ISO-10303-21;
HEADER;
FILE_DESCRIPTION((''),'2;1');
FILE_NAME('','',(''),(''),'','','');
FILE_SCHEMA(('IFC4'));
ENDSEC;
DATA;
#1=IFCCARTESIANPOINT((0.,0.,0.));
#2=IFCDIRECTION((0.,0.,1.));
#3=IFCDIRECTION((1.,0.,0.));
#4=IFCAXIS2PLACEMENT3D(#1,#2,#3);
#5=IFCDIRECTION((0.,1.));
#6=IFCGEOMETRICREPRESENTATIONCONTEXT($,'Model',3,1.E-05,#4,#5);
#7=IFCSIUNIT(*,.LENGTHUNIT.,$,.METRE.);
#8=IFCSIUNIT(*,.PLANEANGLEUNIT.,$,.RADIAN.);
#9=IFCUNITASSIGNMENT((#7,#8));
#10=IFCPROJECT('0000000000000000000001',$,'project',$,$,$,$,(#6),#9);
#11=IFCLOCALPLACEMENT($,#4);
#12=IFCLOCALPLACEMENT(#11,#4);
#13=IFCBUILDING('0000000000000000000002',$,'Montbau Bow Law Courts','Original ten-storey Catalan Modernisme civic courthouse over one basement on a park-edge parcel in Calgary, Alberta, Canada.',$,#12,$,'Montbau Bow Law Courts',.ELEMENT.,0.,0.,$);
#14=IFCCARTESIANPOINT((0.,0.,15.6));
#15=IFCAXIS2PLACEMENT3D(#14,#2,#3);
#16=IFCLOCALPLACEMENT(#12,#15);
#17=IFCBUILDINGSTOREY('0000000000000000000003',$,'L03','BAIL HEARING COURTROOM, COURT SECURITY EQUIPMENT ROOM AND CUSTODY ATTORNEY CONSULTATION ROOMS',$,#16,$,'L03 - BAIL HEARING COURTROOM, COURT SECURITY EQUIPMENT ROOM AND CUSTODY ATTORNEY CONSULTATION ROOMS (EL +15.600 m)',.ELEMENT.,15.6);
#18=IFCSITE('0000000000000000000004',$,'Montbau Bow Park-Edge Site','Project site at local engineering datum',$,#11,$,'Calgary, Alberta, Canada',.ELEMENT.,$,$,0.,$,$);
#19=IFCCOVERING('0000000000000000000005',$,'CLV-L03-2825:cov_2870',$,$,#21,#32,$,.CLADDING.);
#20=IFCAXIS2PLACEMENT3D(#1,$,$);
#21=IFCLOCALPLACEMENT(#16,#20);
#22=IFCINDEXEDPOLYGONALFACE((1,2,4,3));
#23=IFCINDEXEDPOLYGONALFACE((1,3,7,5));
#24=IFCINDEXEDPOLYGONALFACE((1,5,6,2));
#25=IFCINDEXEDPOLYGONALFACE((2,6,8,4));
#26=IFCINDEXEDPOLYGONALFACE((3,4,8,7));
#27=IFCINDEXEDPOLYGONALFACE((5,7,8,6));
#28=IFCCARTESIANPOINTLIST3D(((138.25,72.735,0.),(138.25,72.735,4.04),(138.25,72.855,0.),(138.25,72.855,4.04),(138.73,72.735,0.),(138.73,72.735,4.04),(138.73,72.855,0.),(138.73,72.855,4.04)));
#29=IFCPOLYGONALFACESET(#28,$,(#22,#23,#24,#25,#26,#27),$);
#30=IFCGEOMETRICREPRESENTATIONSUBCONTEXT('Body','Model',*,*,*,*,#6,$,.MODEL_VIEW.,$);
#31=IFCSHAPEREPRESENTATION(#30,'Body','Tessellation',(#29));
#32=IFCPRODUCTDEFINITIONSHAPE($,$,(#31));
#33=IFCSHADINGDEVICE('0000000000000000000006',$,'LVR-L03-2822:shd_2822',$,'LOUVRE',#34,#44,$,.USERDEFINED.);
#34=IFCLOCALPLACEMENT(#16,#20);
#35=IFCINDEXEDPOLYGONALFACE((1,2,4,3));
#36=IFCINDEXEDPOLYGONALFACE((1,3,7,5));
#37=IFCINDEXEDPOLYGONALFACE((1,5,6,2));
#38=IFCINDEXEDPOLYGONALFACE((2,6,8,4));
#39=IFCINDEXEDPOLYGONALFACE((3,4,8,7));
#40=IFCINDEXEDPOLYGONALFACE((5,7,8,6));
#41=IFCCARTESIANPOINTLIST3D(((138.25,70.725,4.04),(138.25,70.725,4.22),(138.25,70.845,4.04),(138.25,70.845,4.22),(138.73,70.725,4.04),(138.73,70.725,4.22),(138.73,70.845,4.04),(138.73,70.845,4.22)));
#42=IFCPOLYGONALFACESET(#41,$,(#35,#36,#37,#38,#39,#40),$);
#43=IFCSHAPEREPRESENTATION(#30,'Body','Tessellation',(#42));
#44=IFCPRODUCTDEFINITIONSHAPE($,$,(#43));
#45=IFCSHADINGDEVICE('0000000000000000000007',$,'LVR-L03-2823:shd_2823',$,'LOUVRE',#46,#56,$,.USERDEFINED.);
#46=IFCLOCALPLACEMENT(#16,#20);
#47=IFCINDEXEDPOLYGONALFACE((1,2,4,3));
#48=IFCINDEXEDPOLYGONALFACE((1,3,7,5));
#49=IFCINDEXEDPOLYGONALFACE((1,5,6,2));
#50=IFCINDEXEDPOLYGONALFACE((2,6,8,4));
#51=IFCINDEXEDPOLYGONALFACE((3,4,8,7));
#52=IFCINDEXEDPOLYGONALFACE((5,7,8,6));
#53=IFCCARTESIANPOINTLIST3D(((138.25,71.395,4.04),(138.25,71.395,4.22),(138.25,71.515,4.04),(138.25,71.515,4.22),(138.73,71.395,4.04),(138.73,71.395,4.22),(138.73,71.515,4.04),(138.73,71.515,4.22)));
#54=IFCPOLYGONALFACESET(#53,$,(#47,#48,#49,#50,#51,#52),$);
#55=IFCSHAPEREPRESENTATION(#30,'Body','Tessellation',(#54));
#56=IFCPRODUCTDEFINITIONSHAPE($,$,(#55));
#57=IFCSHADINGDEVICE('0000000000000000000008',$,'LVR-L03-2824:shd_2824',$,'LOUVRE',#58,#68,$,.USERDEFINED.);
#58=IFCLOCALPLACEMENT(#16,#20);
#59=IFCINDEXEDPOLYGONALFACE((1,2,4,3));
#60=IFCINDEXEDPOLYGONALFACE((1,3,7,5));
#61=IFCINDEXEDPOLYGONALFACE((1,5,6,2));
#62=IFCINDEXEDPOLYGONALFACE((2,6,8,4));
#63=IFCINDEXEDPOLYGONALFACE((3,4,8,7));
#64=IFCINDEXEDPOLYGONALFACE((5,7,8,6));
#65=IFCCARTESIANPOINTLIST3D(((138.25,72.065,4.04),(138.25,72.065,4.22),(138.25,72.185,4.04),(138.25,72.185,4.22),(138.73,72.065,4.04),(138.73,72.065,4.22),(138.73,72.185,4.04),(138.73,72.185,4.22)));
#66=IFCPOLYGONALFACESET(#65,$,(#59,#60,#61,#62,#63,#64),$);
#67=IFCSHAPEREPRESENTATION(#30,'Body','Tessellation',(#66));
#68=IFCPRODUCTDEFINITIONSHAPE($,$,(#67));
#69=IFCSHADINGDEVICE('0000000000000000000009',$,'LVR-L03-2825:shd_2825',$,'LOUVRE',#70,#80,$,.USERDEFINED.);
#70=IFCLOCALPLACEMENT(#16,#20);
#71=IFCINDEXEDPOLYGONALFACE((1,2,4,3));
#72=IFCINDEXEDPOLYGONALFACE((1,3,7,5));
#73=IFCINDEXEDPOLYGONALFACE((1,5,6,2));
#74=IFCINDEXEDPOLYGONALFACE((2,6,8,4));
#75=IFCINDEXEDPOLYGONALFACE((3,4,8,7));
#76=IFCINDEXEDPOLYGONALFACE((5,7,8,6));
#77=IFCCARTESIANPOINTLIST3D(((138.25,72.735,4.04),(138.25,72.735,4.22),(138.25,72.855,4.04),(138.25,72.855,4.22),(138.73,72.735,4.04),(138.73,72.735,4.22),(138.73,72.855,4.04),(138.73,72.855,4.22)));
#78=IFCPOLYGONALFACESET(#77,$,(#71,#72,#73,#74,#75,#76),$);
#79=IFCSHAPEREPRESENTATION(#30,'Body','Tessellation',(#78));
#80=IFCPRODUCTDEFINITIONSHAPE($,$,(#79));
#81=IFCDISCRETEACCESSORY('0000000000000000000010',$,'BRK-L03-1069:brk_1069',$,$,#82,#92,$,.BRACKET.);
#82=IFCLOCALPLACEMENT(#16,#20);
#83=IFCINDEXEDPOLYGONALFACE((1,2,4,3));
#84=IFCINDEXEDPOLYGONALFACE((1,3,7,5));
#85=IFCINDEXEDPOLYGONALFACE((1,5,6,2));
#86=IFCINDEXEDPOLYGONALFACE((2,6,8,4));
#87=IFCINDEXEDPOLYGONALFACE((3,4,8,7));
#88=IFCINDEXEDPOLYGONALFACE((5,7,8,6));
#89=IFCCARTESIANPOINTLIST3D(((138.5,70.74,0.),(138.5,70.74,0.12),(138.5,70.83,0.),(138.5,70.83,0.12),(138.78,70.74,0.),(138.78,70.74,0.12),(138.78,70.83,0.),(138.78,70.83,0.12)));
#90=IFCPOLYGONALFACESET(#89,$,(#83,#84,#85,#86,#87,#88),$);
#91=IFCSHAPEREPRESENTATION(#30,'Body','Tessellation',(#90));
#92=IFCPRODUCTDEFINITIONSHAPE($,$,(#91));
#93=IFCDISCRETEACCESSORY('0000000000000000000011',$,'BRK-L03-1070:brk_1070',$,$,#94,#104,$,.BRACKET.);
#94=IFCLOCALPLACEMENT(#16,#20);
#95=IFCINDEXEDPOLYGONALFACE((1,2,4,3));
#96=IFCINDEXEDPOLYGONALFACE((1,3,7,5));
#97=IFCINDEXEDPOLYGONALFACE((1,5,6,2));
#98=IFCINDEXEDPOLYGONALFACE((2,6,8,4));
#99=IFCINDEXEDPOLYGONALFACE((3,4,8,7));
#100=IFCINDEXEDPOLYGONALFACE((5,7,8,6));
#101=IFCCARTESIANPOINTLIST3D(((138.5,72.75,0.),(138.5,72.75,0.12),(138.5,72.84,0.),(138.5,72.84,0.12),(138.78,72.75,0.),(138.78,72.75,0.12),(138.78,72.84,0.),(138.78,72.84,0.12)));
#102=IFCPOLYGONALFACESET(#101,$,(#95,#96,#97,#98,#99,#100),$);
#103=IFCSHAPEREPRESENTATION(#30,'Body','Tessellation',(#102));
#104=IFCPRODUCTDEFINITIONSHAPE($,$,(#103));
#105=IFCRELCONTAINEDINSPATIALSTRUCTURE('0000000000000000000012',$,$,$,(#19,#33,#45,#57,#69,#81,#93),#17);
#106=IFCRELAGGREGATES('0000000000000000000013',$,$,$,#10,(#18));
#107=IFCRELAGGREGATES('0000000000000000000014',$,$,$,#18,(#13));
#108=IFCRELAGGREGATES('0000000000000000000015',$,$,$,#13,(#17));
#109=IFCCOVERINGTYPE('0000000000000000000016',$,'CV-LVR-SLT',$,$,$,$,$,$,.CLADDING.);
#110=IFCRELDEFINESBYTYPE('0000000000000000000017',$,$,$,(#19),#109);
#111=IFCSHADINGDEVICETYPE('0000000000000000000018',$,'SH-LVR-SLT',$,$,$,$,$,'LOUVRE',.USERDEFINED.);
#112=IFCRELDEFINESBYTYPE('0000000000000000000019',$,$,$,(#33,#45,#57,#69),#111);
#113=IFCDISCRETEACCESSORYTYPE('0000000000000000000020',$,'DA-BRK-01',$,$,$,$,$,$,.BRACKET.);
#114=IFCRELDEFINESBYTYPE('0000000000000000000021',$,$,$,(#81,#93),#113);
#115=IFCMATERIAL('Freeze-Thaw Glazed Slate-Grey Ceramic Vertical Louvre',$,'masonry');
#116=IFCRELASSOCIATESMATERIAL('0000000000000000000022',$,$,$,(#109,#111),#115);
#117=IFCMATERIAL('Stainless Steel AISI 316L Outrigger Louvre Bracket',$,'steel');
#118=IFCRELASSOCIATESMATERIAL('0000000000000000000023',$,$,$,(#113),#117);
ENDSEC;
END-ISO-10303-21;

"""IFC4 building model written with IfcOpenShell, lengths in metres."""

from ifc_helpers import new_model, si_unit, direction, frame, frame_2d, origin_with_axes, origin_2d_with_axis, place, context, subcontext, project, spatial, rectangle, extrude, material, type_object, element, save


model = new_model("IFC4")

# Units and contexts
model_context = context("Model", 3, precision=1e-05, world=origin_with_axes(), true_north=direction((0.0, 1.0)))
body_context = subcontext(model_context, "Body", "Model", "MODEL_VIEW")
ifc_project = project(units=[si_unit("LENGTHUNIT", "METRE"), si_unit("PLANEANGLEUNIT", "RADIAN")], contexts=[model_context])

# Site, building, storey
site_placement = place(None, origin_with_axes())
site = spatial("IfcSite", under=ifc_project, at=site_placement, Name="Montbau Bow Park-Edge Site", Description="Project site at local engineering datum", LongName="Calgary, Alberta, Canada", CompositionType="ELEMENT", RefElevation=0.0)
building_placement = place(site_placement, origin_with_axes())
building = spatial("IfcBuilding", under=site, at=building_placement, Name="Montbau Bow Law Courts", Description="Original ten-storey Catalan Modernisme civic courthouse over one basement on a park-edge parcel in Calgary, Alberta, Canada.", LongName="Montbau Bow Law Courts", CompositionType="ELEMENT", ElevationOfRefHeight=0.0, ElevationOfTerrain=0.0)
storey_placement = place(building_placement, frame((0.0, 0.0, 15.6), z_axis=(0.0, 0.0, 1.0), x_axis=(1.0, 0.0, 0.0)))
storey = spatial("IfcBuildingStorey", under=building, at=storey_placement, Name="L03", Description="BAIL HEARING COURTROOM, COURT SECURITY EQUIPMENT ROOM AND CUSTODY ATTORNEY CONSULTATION ROOMS", LongName="L03 - BAIL HEARING COURTROOM, COURT SECURITY EQUIPMENT ROOM AND CUSTODY ATTORNEY CONSULTATION ROOMS (EL +15.600 m)", CompositionType="ELEMENT", Elevation=15.6)

# Covering
ifc_material_1 = material(Name="Freeze-Thaw Glazed Slate-Grey Ceramic Vertical Louvre", Category="masonry")
covering_type = type_object("IfcCoveringType", Name="CV-LVR-SLT", PredefinedType="CLADDING", material=ifc_material_1)
for number, where, z_axis, x_axis, name in (
    (1, (138.73, 72.795, 15.6), (0.0, 1.0, 0.0), (-1.0, 0.0, 0.0), "CLV-L03-2825:cov_2870"),
):
    element("IfcCovering", number, at=place(None, frame(where, z_axis=z_axis, x_axis=x_axis)), inside=storey, type_object=covering_type, Name=name, PredefinedType="CLADDING", context=body_context, shape_type="SweptSolid", body=[
        extrude(rectangle(XDim=0.48, YDim=4.04, at=frame_2d((0.24, 2.02), x_axis=(1.0, 0.0))), frame((0.0, 0.0, -0.06), z_axis=(0.0, 0.0, 1.0), x_axis=(1.0, 0.0, 0.0)), (0.0, 0.0, 1.0), 0.12),
    ])

# Shading devices
shading_device_type = type_object("IfcShadingDeviceType", Name="SH-LVR-SLT", ElementType="LOUVRE", PredefinedType="USERDEFINED", material=ifc_material_1)
for number, where, z_axis, x_axis, name in (
    (2, (138.49, 70.785, 19.64), (0.0, 0.0, 1.0), (-1.0, 0.0, 0.0), "LVR-L03-2822:shd_2822"),
    (3, (138.49, 71.455, 19.64), (0.0, 0.0, 1.0), (-1.0, 0.0, 0.0), "LVR-L03-2823:shd_2823"),
    (4, (138.49, 72.125, 19.64), (0.0, 0.0, 1.0), (-1.0, 0.0, 0.0), "LVR-L03-2824:shd_2824"),
    (5, (138.49, 72.795, 19.64), (0.0, 0.0, 1.0), (-1.0, 0.0, 0.0), "LVR-L03-2825:shd_2825"),
):
    element("IfcShadingDevice", number, at=place(None, frame(where, z_axis=z_axis, x_axis=x_axis)), inside=storey, type_object=shading_device_type, Name=name, ObjectType="LOUVRE", PredefinedType="USERDEFINED", context=body_context, shape_type="SweptSolid", body=[
        extrude(rectangle(XDim=0.48, YDim=0.12, at=origin_2d_with_axis()), origin_with_axes(), (0.0, 0.0, 1.0), 0.18),
    ])

# Discrete accessories
ifc_material_2 = material(Name="Stainless Steel AISI 316L Outrigger Louvre Bracket", Category="steel")
discrete_accessory_type = type_object("IfcDiscreteAccessoryType", Name="DA-BRK-01", PredefinedType="BRACKET", material=ifc_material_2)
for number, where, z_axis, x_axis, name in (
    (6, (138.64, 70.785, 15.6), (0.0, 0.0, 1.0), (-1.0, 0.0, 0.0), "BRK-L03-1069:brk_1069"),
    (7, (138.64, 72.795, 15.6), (0.0, 0.0, 1.0), (-1.0, 0.0, 0.0), "BRK-L03-1070:brk_1070"),
):
    element("IfcDiscreteAccessory", number, at=place(None, frame(where, z_axis=z_axis, x_axis=x_axis)), inside=storey, type_object=discrete_accessory_type, Name=name, PredefinedType="BRACKET", context=body_context, shape_type="SweptSolid", body=[
        extrude(rectangle(XDim=0.28, YDim=0.09, at=origin_2d_with_axis()), origin_with_axes(), (0.0, 0.0, 1.0), 0.12),
    ])

save(model, "model.ifc")
